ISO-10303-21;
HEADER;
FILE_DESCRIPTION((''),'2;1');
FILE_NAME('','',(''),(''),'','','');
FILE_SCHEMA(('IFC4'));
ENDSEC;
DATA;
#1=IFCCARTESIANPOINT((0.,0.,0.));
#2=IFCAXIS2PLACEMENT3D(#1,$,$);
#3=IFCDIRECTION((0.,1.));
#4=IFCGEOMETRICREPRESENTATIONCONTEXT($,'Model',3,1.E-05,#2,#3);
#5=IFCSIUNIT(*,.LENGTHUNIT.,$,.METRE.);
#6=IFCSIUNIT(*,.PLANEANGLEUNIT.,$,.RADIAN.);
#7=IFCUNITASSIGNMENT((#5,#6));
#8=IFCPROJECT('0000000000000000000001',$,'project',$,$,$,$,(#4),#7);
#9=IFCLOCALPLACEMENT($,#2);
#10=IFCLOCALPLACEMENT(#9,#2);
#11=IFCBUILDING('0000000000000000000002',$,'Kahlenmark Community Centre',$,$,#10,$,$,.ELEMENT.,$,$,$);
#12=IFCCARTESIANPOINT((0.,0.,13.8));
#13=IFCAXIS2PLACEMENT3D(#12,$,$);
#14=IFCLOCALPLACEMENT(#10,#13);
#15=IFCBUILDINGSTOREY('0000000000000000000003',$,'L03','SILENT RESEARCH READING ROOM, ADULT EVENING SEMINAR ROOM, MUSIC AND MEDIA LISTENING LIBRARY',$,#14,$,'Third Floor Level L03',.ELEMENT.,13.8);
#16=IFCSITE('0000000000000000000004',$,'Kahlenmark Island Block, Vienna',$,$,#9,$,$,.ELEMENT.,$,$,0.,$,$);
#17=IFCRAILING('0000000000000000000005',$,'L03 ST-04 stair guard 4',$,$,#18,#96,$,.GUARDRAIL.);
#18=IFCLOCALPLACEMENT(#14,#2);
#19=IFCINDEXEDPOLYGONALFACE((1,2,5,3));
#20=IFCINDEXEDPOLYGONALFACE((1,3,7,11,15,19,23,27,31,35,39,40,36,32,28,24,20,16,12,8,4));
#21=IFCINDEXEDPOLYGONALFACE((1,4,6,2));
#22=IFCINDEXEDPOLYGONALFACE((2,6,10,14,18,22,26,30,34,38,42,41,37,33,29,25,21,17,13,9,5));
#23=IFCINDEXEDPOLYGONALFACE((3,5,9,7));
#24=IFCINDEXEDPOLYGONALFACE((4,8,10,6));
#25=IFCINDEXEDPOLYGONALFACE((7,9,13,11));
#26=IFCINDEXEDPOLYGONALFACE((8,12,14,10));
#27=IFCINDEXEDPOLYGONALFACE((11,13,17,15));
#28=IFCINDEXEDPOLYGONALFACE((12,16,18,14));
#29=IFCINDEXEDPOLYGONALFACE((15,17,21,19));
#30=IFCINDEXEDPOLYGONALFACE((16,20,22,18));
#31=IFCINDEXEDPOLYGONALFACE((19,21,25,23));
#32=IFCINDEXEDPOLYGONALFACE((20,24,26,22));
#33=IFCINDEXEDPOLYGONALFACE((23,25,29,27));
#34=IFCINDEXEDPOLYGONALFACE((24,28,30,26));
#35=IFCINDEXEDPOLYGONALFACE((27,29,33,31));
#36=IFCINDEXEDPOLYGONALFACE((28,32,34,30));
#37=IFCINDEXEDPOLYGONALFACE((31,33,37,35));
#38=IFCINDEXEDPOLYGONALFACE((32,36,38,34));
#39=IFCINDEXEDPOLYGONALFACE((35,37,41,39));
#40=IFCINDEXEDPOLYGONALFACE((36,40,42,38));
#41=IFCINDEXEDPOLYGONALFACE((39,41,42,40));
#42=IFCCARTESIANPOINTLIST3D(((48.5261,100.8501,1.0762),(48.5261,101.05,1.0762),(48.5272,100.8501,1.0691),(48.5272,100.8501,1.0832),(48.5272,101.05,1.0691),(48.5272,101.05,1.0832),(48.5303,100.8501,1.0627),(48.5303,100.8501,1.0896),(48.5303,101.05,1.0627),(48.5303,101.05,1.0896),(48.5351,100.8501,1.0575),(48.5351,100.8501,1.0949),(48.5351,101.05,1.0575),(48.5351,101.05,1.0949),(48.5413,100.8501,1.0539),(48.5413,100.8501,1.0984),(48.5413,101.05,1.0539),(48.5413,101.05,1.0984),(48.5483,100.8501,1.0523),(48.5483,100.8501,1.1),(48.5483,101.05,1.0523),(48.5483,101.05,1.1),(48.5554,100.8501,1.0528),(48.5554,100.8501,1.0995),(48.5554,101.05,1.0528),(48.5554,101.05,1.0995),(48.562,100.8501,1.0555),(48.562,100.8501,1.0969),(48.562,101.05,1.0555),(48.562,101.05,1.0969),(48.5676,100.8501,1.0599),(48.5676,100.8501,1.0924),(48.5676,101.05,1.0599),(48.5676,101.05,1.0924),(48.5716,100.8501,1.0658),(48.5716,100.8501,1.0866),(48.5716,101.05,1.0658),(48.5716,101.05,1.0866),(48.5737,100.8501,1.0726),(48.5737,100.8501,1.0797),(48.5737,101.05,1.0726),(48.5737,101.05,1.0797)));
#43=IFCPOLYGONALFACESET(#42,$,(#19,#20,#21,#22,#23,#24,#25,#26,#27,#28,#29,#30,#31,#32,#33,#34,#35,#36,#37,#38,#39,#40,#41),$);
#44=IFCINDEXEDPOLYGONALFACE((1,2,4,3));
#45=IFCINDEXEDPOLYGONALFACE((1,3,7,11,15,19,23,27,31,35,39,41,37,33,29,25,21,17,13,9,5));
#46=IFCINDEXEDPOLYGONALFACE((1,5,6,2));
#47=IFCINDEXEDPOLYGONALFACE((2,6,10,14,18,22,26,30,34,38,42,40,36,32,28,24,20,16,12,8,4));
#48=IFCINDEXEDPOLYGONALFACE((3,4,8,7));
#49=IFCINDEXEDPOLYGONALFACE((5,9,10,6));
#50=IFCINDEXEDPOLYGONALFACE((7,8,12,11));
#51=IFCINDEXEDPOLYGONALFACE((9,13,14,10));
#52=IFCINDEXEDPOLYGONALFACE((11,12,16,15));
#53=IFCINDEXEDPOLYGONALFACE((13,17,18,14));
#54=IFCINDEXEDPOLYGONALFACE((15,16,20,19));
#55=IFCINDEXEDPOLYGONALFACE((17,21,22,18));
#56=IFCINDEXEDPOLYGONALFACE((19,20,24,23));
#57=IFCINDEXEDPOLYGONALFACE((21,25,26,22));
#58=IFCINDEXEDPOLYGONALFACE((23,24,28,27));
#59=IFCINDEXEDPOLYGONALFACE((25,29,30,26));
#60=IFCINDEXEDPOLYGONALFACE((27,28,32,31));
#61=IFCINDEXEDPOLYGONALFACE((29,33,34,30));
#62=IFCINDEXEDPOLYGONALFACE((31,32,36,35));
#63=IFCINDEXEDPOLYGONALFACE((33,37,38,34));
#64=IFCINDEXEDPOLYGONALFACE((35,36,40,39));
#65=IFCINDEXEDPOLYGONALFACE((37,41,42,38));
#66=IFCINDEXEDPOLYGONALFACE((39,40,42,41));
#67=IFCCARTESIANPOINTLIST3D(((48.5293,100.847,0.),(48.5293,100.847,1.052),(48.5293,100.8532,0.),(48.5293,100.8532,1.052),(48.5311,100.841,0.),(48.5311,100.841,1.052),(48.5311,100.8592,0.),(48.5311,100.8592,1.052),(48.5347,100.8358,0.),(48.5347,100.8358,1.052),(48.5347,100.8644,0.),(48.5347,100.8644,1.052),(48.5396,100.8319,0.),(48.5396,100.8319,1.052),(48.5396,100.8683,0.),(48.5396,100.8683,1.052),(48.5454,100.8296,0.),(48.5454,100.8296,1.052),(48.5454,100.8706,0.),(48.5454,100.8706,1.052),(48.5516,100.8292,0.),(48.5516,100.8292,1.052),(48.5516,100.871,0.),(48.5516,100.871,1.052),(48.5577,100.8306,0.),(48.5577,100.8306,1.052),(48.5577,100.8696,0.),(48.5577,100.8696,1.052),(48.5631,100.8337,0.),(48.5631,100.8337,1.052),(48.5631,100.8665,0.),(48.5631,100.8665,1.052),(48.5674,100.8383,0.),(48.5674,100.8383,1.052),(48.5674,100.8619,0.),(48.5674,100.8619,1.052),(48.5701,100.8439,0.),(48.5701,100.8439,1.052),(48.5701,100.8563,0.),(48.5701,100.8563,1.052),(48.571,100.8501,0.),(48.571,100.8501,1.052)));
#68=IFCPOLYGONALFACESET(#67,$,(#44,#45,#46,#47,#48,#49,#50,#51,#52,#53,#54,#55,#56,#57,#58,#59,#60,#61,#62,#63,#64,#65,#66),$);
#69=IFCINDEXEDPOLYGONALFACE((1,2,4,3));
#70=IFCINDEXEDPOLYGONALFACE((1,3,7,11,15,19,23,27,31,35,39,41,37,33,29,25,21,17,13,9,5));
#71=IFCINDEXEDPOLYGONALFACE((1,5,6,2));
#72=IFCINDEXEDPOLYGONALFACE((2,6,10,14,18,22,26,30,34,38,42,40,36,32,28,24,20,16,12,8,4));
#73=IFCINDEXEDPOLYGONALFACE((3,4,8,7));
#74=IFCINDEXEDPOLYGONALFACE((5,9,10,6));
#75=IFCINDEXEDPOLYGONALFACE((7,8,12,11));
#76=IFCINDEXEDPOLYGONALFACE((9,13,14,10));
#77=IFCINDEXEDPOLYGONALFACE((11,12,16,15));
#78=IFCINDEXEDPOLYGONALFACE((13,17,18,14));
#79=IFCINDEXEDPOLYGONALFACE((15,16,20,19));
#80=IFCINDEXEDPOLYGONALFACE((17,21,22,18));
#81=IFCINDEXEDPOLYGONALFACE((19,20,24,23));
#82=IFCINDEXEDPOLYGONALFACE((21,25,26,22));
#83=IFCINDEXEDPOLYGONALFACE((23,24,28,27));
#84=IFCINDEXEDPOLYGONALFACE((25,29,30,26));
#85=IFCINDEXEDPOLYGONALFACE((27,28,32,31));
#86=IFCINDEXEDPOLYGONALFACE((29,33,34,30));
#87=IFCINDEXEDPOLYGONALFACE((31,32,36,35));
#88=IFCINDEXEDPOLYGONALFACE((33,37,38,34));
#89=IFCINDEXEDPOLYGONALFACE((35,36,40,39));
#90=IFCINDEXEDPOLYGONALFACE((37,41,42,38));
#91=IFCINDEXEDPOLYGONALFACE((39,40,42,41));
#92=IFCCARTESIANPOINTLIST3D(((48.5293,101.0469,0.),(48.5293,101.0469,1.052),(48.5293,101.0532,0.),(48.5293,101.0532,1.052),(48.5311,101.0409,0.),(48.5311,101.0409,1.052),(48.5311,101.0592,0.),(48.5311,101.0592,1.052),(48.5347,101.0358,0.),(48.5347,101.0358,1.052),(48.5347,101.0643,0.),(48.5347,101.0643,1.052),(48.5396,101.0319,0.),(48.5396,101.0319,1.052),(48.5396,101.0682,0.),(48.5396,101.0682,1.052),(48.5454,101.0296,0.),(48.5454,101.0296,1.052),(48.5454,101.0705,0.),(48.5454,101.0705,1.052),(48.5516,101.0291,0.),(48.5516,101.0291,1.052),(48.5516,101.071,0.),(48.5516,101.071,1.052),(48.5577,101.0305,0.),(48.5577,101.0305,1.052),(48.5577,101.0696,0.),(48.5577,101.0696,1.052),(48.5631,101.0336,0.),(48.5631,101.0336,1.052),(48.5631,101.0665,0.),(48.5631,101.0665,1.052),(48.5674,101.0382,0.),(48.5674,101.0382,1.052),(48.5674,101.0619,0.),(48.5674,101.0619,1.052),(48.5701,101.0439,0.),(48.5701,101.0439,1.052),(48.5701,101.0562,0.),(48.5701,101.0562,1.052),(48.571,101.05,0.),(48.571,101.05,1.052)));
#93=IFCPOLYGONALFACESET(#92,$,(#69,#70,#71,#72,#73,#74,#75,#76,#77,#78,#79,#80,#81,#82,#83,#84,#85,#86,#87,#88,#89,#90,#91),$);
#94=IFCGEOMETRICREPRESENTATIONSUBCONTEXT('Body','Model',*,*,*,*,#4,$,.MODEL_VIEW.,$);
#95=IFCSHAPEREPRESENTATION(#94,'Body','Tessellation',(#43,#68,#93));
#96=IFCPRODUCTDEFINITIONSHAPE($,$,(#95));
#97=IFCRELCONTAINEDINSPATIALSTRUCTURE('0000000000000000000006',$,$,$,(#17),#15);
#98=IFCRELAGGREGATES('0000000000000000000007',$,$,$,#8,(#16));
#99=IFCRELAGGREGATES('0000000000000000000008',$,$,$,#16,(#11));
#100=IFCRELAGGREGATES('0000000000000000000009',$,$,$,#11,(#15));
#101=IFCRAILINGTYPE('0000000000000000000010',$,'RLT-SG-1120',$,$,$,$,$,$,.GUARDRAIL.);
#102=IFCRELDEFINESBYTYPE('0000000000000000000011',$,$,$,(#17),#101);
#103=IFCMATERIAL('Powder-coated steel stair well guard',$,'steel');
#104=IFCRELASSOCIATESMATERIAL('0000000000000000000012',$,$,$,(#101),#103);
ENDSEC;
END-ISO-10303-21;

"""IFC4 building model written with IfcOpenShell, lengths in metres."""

from ifc_helpers import new_model, si_unit, direction, frame, origin, origin_2d, place, context, subcontext, project, spatial, circle, extrude, material, type_object, element, save


model = new_model("IFC4")

# Units and contexts
model_context = context("Model", 3, precision=1e-05, world=origin(), true_north=direction((0.0, 1.0)))
body_context = subcontext(model_context, "Body", "Model", "MODEL_VIEW")
ifc_project = project(units=[si_unit("LENGTHUNIT", "METRE"), si_unit("PLANEANGLEUNIT", "RADIAN")], contexts=[model_context])

# Site, building, storey
site_placement = place(None, origin())
site = spatial("IfcSite", under=ifc_project, at=site_placement, Name="Kahlenmark Island Block, Vienna", CompositionType="ELEMENT", RefElevation=0.0)
building_placement = place(site_placement, origin())
building = spatial("IfcBuilding", under=site, at=building_placement, Name="Kahlenmark Community Centre", CompositionType="ELEMENT")
storey_placement = place(building_placement, frame((0.0, 0.0, 13.8)))
storey = spatial("IfcBuildingStorey", under=building, at=storey_placement, Name="L03", Description="SILENT RESEARCH READING ROOM, ADULT EVENING SEMINAR ROOM, MUSIC AND MEDIA LISTENING LIBRARY", LongName="Third Floor Level L03", CompositionType="ELEMENT", Elevation=13.8)

# Railing
ifc_material_1 = material(Name="Powder-coated steel stair well guard", Category="steel")
railing_type_1 = type_object("IfcRailingType", Name="RLT-SG-1120", PredefinedType="GUARDRAIL", material=ifc_material_1)
railing_1_placement = place(storey_placement, frame((48.55, 100.8501, 0.0)))
element("IfcRailing", 1, at=railing_1_placement, inside=storey, type_object=railing_type_1, Name="L03 ST-04 stair guard 4", PredefinedType="GUARDRAIL", context=body_context, shape_type="SweptSolid", body=[
    extrude(circle(Radius=0.0239, at=origin_2d()), frame((0.0, 0.0, 1.0762), z_axis=(0.0, 1.0, 0.0), x_axis=(-1.0, 0.0, 0.0)), (0.0, 0.0, 1.0), 0.2),
    extrude(circle(Radius=0.021, at=origin_2d()), origin(), (0.0, 0.0, 1.0), 1.052),
    extrude(circle(Radius=0.021, at=origin_2d()), frame((0.0, 0.2, 0.0)), (0.0, 0.0, 1.0), 1.052),
])

save(model, "model.ifc")
